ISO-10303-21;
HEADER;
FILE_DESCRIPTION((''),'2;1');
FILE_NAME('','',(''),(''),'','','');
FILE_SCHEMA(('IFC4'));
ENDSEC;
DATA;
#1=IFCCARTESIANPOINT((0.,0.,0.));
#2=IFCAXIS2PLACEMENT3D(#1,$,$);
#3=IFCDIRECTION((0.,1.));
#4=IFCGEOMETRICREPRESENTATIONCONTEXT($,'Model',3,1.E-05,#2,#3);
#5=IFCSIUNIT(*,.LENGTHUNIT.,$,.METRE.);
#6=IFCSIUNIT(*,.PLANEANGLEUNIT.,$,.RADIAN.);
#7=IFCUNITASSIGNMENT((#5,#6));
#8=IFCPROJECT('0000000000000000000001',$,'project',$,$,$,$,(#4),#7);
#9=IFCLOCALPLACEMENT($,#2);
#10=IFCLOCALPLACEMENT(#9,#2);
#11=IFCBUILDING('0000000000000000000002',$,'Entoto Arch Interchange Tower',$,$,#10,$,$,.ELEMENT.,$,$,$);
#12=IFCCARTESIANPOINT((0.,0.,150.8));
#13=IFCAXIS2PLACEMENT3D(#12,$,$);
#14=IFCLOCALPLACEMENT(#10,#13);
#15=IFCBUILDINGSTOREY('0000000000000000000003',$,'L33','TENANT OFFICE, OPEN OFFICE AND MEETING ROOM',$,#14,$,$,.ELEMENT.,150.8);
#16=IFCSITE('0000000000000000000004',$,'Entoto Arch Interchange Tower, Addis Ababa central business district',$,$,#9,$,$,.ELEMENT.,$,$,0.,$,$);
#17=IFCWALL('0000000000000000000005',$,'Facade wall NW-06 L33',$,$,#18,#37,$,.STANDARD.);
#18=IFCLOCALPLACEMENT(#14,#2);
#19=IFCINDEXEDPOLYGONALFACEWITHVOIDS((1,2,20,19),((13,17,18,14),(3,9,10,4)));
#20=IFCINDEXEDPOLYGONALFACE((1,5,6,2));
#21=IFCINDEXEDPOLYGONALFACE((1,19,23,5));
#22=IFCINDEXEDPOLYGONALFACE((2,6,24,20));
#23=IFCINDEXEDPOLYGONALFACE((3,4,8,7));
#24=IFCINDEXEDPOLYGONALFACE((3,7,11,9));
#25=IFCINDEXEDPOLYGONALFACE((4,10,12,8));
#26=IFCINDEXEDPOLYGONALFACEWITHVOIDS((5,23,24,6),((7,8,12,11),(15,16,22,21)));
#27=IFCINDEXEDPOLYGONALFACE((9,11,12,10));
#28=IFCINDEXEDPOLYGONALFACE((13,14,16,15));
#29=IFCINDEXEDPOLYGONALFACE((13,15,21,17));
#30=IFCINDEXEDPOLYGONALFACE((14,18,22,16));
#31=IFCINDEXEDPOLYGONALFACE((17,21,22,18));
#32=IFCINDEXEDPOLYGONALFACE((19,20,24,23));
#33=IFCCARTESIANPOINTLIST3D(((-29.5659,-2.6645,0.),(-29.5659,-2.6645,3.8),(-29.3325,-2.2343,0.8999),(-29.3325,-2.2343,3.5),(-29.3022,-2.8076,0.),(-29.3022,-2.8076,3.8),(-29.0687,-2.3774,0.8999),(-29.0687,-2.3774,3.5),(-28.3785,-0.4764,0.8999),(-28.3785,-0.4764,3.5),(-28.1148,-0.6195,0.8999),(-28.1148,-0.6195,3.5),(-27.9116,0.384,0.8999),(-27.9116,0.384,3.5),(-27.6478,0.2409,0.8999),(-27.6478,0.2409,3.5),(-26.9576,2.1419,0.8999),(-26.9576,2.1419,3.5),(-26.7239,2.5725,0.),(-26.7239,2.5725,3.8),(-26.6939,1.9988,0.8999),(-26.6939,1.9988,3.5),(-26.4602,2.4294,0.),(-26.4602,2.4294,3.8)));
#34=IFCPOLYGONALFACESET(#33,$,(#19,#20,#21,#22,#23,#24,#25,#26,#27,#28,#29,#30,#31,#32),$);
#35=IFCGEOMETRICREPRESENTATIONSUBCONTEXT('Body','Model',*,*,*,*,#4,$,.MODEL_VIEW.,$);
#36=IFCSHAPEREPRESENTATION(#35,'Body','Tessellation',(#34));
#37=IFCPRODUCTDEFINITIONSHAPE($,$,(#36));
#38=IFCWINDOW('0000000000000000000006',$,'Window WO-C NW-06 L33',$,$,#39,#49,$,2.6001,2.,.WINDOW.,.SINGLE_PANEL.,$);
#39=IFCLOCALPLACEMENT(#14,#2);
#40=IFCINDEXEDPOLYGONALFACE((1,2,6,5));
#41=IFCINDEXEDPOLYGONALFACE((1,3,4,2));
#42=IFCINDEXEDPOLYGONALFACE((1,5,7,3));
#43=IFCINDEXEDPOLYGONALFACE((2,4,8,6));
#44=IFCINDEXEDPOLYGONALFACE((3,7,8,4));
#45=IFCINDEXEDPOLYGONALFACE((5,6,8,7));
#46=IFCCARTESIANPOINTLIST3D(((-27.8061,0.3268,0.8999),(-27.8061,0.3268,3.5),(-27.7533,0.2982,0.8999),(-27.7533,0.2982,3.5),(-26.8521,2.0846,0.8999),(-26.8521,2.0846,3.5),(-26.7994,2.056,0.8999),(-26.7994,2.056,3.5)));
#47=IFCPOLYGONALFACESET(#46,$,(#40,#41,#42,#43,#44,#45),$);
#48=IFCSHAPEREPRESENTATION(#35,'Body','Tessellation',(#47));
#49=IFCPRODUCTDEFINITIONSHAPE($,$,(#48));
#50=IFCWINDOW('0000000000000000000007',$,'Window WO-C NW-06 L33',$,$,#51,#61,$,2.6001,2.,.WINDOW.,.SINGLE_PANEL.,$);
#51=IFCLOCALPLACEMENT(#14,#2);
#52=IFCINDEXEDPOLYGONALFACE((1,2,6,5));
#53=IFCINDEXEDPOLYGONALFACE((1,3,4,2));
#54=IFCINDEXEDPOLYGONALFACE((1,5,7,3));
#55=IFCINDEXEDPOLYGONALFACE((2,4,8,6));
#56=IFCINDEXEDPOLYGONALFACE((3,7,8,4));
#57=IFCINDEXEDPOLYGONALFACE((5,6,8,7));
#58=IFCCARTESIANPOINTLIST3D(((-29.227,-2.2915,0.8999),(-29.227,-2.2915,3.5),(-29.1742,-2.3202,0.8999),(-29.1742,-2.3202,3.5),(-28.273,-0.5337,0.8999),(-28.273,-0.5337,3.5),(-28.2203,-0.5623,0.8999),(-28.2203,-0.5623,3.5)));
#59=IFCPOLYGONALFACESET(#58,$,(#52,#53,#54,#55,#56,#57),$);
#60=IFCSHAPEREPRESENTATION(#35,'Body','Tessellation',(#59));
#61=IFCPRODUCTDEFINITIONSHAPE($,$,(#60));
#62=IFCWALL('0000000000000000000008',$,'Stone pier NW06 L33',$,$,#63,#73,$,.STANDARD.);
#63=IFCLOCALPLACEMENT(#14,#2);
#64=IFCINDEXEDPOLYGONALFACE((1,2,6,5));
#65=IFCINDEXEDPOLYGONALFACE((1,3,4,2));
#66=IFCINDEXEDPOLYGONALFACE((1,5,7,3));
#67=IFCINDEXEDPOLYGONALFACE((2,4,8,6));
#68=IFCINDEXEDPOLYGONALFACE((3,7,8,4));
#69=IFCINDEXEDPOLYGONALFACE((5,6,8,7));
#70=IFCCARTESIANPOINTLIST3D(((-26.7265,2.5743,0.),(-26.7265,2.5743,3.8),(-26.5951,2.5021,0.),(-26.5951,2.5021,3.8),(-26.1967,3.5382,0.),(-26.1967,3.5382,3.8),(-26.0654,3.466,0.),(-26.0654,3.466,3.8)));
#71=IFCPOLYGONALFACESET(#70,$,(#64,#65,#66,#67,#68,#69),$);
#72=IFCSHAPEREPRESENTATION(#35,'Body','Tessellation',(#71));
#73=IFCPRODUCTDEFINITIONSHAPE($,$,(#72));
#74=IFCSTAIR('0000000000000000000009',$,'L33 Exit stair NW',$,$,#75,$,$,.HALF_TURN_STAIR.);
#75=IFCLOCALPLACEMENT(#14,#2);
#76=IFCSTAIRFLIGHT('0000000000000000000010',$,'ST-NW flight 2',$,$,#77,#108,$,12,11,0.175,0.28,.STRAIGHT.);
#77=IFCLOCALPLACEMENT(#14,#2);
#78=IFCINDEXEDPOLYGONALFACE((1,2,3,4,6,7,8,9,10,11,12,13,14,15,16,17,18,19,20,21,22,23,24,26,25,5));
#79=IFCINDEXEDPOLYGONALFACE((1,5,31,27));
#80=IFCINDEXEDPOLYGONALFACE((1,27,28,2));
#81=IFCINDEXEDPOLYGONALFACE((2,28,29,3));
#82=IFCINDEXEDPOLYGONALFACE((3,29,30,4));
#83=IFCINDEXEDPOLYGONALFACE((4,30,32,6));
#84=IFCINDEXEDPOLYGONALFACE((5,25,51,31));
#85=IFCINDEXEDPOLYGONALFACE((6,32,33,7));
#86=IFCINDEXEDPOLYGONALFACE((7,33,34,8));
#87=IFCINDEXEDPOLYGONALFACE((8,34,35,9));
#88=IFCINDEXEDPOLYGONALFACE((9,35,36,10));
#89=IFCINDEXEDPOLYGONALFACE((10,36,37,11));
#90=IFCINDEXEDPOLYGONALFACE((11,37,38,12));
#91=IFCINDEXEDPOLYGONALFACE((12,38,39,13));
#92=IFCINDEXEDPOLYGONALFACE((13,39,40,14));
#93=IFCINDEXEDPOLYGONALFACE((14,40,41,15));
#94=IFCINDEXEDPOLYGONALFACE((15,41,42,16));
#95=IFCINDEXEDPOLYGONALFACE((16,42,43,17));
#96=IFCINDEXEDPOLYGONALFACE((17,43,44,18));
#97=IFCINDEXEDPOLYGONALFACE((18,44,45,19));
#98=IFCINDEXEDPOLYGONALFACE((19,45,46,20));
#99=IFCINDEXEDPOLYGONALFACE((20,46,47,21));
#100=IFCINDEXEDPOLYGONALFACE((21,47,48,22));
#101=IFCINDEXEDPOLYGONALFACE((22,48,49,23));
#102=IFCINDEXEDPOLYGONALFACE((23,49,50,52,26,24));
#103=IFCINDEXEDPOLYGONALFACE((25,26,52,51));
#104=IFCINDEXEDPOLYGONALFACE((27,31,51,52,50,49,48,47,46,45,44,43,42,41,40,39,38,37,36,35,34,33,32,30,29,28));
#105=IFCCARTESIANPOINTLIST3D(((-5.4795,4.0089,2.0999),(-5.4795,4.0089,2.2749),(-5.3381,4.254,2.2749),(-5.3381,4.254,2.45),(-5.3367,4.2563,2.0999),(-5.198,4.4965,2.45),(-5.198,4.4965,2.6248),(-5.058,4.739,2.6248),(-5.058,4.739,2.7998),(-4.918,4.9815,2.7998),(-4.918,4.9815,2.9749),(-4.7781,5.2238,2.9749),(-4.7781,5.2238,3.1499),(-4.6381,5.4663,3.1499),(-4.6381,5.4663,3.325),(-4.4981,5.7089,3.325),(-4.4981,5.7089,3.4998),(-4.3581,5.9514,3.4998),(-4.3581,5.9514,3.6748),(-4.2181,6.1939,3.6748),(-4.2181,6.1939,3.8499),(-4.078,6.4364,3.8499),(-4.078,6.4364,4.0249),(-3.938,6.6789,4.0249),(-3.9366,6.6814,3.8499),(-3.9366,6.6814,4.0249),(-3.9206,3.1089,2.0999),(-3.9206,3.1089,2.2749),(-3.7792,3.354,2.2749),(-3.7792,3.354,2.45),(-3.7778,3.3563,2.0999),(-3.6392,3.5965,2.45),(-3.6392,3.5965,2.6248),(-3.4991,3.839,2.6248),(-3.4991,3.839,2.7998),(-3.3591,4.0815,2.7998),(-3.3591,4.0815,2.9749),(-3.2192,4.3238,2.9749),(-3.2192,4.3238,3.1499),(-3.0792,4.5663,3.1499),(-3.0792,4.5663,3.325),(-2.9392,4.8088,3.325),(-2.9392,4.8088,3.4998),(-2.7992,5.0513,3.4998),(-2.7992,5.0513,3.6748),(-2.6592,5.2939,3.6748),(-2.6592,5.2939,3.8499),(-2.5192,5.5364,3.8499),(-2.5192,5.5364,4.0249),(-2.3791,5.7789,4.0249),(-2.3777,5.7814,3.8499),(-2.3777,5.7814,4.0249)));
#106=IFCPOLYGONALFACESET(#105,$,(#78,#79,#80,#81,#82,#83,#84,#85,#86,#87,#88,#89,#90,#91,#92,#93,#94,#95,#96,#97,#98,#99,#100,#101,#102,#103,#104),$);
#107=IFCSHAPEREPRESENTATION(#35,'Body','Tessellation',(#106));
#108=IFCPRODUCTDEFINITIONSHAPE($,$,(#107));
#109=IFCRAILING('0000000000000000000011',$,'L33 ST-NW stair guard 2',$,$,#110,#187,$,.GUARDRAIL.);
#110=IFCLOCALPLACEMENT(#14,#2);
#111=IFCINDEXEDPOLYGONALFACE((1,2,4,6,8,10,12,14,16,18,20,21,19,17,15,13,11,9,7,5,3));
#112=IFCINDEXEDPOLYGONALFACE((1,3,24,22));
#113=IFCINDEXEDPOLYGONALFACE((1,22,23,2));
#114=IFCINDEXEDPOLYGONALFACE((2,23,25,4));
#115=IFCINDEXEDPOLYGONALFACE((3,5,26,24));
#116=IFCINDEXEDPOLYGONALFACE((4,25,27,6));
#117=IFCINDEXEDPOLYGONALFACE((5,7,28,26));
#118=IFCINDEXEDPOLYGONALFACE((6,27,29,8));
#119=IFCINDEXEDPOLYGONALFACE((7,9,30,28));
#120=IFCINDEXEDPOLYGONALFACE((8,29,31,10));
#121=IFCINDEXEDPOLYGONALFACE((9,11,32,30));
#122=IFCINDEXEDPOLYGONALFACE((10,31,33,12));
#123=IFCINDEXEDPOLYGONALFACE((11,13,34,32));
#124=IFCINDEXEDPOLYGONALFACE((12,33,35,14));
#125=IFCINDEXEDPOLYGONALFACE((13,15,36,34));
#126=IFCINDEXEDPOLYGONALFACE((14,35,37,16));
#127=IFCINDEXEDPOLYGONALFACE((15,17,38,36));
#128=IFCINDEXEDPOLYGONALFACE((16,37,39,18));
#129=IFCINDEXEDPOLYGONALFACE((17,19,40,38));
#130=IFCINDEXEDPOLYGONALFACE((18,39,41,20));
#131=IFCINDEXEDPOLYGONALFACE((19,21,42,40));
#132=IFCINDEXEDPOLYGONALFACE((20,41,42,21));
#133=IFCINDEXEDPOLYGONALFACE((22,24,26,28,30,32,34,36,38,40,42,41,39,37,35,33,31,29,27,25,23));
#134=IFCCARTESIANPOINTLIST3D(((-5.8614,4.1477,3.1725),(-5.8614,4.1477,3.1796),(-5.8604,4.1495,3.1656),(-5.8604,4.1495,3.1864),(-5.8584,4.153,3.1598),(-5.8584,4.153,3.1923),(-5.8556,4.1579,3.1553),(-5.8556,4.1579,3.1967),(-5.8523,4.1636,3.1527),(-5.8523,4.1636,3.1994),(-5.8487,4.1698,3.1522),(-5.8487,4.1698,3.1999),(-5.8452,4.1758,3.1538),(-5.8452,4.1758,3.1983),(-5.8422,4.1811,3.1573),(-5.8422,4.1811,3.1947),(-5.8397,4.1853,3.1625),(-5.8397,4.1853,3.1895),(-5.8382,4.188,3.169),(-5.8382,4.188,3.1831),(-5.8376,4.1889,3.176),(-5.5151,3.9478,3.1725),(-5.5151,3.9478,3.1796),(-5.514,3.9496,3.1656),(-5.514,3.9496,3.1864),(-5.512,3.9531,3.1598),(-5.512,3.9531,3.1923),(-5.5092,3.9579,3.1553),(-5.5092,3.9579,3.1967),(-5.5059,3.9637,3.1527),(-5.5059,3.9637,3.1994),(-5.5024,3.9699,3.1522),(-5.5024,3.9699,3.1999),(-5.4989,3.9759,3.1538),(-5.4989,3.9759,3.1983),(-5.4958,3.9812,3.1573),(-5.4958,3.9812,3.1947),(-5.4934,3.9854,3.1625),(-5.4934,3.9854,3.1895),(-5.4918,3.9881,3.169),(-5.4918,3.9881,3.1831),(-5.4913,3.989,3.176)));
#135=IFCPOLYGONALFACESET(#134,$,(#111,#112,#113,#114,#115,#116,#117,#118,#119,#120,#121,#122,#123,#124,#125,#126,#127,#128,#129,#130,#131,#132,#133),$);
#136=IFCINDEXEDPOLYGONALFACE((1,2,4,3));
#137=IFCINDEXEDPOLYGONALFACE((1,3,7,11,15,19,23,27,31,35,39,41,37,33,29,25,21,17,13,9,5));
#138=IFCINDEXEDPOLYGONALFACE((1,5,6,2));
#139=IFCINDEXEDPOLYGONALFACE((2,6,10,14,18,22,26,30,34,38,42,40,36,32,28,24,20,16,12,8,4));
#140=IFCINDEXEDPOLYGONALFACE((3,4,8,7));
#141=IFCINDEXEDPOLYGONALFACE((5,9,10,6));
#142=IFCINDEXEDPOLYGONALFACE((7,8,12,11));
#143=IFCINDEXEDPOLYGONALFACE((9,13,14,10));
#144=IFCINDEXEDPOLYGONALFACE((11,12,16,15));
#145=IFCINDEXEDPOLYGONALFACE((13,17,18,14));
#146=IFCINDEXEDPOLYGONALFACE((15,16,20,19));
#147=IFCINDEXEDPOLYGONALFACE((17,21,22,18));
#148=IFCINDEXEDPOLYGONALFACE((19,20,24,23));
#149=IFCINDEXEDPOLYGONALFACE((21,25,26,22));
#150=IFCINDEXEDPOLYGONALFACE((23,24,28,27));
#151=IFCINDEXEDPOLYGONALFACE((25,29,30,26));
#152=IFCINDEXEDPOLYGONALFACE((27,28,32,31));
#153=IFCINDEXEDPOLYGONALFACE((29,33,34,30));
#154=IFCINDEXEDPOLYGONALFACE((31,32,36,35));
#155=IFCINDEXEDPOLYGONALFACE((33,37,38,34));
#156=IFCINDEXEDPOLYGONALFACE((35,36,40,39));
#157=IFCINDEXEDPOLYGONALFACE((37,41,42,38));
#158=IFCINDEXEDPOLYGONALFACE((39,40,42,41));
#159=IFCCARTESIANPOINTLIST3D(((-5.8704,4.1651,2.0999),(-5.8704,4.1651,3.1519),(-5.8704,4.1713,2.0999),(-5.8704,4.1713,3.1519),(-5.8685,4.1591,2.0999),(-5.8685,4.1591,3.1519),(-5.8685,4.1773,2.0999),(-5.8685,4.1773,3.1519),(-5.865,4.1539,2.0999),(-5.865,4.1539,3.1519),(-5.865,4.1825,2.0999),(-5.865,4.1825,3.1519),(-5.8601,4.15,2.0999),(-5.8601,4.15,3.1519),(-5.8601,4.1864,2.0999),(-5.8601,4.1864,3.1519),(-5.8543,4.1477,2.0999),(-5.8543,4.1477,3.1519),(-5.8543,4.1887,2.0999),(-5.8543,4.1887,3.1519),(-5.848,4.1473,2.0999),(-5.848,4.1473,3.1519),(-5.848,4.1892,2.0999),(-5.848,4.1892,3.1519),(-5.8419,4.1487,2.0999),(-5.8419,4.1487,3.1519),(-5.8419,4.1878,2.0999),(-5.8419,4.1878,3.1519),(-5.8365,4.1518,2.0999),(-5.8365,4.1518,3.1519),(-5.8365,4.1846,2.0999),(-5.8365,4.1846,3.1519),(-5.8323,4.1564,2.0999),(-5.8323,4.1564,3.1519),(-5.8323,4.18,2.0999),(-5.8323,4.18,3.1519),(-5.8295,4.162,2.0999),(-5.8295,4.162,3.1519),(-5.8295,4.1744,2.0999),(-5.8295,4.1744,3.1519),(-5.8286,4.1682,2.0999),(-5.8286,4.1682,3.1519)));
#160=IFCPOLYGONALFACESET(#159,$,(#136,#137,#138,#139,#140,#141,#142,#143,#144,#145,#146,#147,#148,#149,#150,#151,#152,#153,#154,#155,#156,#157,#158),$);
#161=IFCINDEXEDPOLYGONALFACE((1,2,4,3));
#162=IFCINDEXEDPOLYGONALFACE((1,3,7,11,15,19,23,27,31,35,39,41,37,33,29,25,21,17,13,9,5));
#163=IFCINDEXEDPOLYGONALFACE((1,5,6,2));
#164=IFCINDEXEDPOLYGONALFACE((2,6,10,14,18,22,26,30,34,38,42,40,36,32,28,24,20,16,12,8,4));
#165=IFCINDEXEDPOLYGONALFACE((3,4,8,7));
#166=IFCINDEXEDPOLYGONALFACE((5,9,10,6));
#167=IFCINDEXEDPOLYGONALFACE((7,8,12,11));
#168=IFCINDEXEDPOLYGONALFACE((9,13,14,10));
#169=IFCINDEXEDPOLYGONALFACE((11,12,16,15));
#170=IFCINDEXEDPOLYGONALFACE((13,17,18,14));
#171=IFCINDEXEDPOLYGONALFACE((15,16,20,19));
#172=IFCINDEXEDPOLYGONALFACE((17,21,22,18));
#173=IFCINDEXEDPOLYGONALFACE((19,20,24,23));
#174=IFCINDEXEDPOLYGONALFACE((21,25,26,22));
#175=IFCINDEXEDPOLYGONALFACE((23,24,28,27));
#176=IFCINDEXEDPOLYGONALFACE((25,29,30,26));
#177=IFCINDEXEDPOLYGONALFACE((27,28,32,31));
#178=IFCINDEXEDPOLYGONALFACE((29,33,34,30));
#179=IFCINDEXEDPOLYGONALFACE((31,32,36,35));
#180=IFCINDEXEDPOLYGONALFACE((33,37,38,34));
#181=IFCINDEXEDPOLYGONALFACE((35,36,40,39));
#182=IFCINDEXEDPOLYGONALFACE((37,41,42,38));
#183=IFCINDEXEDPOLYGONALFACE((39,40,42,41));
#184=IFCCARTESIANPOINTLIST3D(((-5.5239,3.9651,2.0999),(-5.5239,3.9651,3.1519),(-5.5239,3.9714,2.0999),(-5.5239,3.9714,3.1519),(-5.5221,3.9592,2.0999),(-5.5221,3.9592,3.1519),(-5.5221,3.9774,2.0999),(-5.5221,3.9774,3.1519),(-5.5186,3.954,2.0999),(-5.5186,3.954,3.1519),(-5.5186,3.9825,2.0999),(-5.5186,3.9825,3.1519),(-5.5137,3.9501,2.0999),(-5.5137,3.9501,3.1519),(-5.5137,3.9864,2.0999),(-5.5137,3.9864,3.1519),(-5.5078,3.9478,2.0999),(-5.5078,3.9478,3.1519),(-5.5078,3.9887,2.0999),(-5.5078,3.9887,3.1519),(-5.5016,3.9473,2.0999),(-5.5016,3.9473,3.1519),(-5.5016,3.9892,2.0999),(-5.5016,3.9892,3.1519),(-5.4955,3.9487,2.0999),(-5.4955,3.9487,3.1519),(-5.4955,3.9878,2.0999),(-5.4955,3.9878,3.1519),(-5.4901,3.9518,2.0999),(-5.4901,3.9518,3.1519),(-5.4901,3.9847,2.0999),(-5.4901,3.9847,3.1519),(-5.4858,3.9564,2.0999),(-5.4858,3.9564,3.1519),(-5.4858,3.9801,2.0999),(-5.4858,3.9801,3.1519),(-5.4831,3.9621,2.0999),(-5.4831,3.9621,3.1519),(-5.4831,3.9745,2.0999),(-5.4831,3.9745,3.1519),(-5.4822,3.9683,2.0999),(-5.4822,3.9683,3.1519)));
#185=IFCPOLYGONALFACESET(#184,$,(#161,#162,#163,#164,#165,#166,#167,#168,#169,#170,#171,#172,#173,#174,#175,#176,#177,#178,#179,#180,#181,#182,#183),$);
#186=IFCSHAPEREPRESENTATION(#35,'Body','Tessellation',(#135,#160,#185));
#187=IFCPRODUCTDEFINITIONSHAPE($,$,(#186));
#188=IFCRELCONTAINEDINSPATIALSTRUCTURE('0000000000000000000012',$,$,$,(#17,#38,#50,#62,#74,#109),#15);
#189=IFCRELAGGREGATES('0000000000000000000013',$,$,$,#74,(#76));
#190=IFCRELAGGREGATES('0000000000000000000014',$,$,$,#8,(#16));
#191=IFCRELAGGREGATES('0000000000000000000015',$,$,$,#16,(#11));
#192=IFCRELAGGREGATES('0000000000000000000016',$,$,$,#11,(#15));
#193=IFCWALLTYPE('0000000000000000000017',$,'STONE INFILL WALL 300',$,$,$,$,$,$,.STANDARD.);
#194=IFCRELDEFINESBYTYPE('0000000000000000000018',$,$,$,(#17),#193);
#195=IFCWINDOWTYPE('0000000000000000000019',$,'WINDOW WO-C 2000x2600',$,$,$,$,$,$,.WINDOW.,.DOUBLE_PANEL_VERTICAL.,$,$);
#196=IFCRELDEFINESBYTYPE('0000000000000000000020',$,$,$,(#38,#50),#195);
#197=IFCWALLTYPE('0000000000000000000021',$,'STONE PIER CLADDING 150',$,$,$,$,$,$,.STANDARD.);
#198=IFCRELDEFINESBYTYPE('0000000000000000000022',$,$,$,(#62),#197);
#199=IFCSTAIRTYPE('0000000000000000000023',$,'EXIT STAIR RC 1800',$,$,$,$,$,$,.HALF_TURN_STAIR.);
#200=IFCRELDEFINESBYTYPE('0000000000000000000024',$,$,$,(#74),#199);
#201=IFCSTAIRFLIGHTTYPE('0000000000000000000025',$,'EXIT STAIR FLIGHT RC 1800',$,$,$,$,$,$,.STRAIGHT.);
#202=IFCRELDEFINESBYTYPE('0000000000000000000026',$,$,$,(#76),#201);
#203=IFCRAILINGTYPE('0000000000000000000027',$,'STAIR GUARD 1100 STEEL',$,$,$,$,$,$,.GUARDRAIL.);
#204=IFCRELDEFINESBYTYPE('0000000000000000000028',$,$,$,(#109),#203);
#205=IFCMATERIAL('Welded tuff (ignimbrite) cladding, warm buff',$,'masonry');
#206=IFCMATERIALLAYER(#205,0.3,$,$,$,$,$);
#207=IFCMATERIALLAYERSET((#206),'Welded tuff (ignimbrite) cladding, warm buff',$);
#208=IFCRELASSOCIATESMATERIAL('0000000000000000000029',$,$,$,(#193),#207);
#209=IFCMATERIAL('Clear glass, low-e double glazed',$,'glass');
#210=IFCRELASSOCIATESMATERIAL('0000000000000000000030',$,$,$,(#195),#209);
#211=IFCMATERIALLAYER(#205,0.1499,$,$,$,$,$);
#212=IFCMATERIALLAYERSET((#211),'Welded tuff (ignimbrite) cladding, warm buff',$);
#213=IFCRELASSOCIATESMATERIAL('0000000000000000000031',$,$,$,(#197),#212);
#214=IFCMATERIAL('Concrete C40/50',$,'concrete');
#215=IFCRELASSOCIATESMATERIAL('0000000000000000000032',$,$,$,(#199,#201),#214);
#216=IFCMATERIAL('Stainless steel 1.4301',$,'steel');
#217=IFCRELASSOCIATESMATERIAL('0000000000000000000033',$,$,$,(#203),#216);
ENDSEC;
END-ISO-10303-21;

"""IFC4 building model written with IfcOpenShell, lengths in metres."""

from ifc_helpers import new_model, si_unit, direction, frame, frame_2d, origin, origin_2d, place, context, subcontext, project, spatial, polyline, rectangle, circle, outline, extrude, material, layer, layer_set, type_object, element, fill, aggregate, save


model = new_model("IFC4")

# Units and contexts
model_context = context("Model", 3, precision=1e-05, world=origin(), true_north=direction((0.0, 1.0)))
body_context = subcontext(model_context, "Body", "Model", "MODEL_VIEW")
ifc_project = project(units=[si_unit("LENGTHUNIT", "METRE"), si_unit("PLANEANGLEUNIT", "RADIAN")], contexts=[model_context])

# Site, building, storey
site_placement = place(None, origin())
site = spatial("IfcSite", under=ifc_project, at=site_placement, Name="Entoto Arch Interchange Tower, Addis Ababa central business district", CompositionType="ELEMENT", RefElevation=0.0)
building_placement = place(site_placement, origin())
building = spatial("IfcBuilding", under=site, at=building_placement, Name="Entoto Arch Interchange Tower", CompositionType="ELEMENT")
storey_placement = place(building_placement, frame((0.0, 0.0, 150.8)))
storey = spatial("IfcBuildingStorey", under=building, at=storey_placement, Name="L33", Description="TENANT OFFICE, OPEN OFFICE AND MEETING ROOM", CompositionType="ELEMENT", Elevation=150.8)

# Shared definitions
ifc_material_1 = material(Name="Concrete C40/50", Category="concrete")

# Wall, openings, windows
ifc_material_2 = material(Name="Welded tuff (ignimbrite) cladding, warm buff", Category="masonry")
ifc_layer_1 = layer(ifc_material_2, 0.3)
ifc_layer_set_1 = layer_set([ifc_layer_1], Name="Welded tuff (ignimbrite) cladding, warm buff")
wall_type_1 = type_object("IfcWallType", Name="STONE INFILL WALL 300", PredefinedType="STANDARD", material=ifc_layer_set_1)
wall_1_placement = place(storey_placement, frame((-26.592, 2.501, 0.0), z_axis=(0.0, 0.0, 1.0), x_axis=(-0.476971, -0.878919, 0.0)))
wall_1 = element("IfcWall", 1, at=wall_1_placement, inside=storey, type_object=wall_type_1, Name="Facade wall NW-06 L33", PredefinedType="STANDARD", context=body_context, shape_type="SweptSolid", body=[
    extrude(rectangle(XDim=5.9585, YDim=0.3, at=frame_2d((2.9792, 0.0))), origin(), (0.0, 0.0, 1.0), 3.8),
])
opening_1_placement = place(wall_1_placement, frame((0.49, 0.0, 0.8999)))
opening_1 = element("IfcOpeningElement", 2, at=opening_1_placement, cuts=wall_1, PredefinedType="OPENING", context=body_context, shape_type="SweptSolid", body=[
    extrude(rectangle(XDim=2.0, YDim=2.6001, at=frame_2d((1.0, 1.3))), frame((0.0, 0.1602, 0.0), z_axis=(0.0, -1.0, 0.0), x_axis=(1.0, 0.0, 0.0)), (0.0, 0.0, 1.0), 0.3201),
])
opening_2_placement = place(wall_1_placement, frame((3.469, 0.0, 0.8999)))
opening_2 = element("IfcOpeningElement", 3, at=opening_2_placement, cuts=wall_1, PredefinedType="OPENING", context=body_context, shape_type="SweptSolid", body=[
    extrude(rectangle(XDim=2.0, YDim=2.6001, at=frame_2d((1.0, 1.3))), frame((0.0, 0.1602, 0.0), z_axis=(0.0, -1.0, 0.0), x_axis=(1.0, 0.0, 0.0)), (0.0, 0.0, 1.0), 0.3201),
])
ifc_material_3 = material(Name="Clear glass, low-e double glazed", Category="glass")
window_type = type_object("IfcWindowType", Name="WINDOW WO-C 2000x2600", PartitioningType="DOUBLE_PANEL_VERTICAL", PredefinedType="WINDOW", material=ifc_material_3)
window_1_placement = place(opening_1_placement, origin())
window_1 = element("IfcWindow", 4, at=window_1_placement, inside=storey, type_object=window_type, Name="Window WO-C NW-06 L33", OverallHeight=2.6001, OverallWidth=2.0, PartitioningType="SINGLE_PANEL", PredefinedType="WINDOW", context=body_context, shape_type="SweptSolid", body=[
    extrude(rectangle(XDim=2.0, YDim=2.6001, at=frame_2d((1.0, 1.3))), frame((0.0, 0.03, 0.0), z_axis=(0.0, -1.0, 0.0), x_axis=(1.0, 0.0, 0.0)), (0.0, 0.0, 1.0), 0.0601),
])
fill(opening_1, window_1)
window_2_placement = place(opening_2_placement, origin())
window_2 = element("IfcWindow", 5, at=window_2_placement, inside=storey, type_object=window_type, Name="Window WO-C NW-06 L33", OverallHeight=2.6001, OverallWidth=2.0, PartitioningType="SINGLE_PANEL", PredefinedType="WINDOW", context=body_context, shape_type="SweptSolid", body=[
    extrude(rectangle(XDim=2.0, YDim=2.6001, at=frame_2d((1.0, 1.3))), frame((0.0, 0.03, 0.0), z_axis=(0.0, -1.0, 0.0), x_axis=(1.0, 0.0, 0.0)), (0.0, 0.0, 1.0), 0.0601),
])
fill(opening_2, window_2)

# Wall
ifc_layer_2 = layer(ifc_material_2, 0.1499)
ifc_layer_set_2 = layer_set([ifc_layer_2], Name="Welded tuff (ignimbrite) cladding, warm buff")
wall_type_2 = type_object("IfcWallType", Name="STONE PIER CLADDING 150", PredefinedType="STANDARD", material=ifc_layer_set_2)
wall_2_placement = place(storey_placement, frame((-26.1311, 3.502, 0.0), z_axis=(0.0, 0.0, 1.0), x_axis=(-0.48168, -0.876347, 0.0)))
element("IfcWall", 6, at=wall_2_placement, inside=storey, type_object=wall_type_2, Name="Stone pier NW06 L33", PredefinedType="STANDARD", context=body_context, shape_type="SweptSolid", body=[
    extrude(rectangle(XDim=1.0999, YDim=0.1499, at=frame_2d((0.5498, 0.0))), origin(), (0.0, 0.0, 1.0), 3.8),
])

# Stair, stair flight
stair_type = type_object("IfcStairType", Name="EXIT STAIR RC 1800", PredefinedType="HALF_TURN_STAIR", material=ifc_material_1)
stair_placement = place(storey_placement, origin())
stair = element("IfcStair", 7, at=stair_placement, inside=storey, type_object=stair_type, Name="L33 Exit stair NW", PredefinedType="HALF_TURN_STAIR")
stair_flight_type = type_object("IfcStairFlightType", Name="EXIT STAIR FLIGHT RC 1800", PredefinedType="STRAIGHT", material=ifc_material_1)
stair_flight_placement = place(storey_placement, frame((-4.6987, 3.5615, 2.0999), z_axis=(0.0, 0.0, 1.0), x_axis=(0.5, 0.866025, 0.0)))
stair_flight = element("IfcStairFlight", 8, at=stair_flight_placement, type_object=stair_flight_type, Name="ST-NW flight 2", NumberOfRisers=12, NumberOfTreads=11, PredefinedType="STRAIGHT", RiserHeight=0.175, TreadLength=0.28, context=body_context, shape_type="SweptSolid", body=[
    extrude(outline(polyline([(-0.0029, 0.0), (-0.0029, 0.175), (0.28, 0.175), (0.28, 0.3501), (0.5601, 0.3501), (0.5601, 0.5249), (0.8401, 0.5249), (0.8401, 0.7), (1.1201, 0.7), (1.1201, 0.875), (1.3999, 0.875), (1.3999, 1.05), (1.6799, 1.05), (1.6799, 1.2251), (1.96, 1.2251), (1.96, 1.3999), (2.24, 1.3999), (2.24, 1.575), (2.52, 1.575), (2.52, 1.75), (2.8, 1.75), (2.8, 1.925), (3.0801, 1.925), (3.083, 1.925), (3.083, 1.75), (0.2827, 0.0), (-0.0029, 0.0)])), frame((0.0, 0.8999, 0.0), z_axis=(0.0, -1.0, 0.0), x_axis=(1.0, 0.0, 0.0)), (0.0, 0.0, 1.0), 1.8),
])
aggregate(stair, [stair_flight])

# Railing
ifc_material_4 = material(Name="Stainless steel 1.4301", Category="steel")
railing_type_1 = type_object("IfcRailingType", Name="STAIR GUARD 1100 STEEL", PredefinedType="GUARDRAIL", material=ifc_material_4)
railing_1_placement = place(storey_placement, frame((-5.8496, 4.1682, 2.0999)))
element("IfcRailing", 9, at=railing_1_placement, inside=storey, type_object=railing_type_1, Name="L33 ST-NW stair guard 2", PredefinedType="GUARDRAIL", context=body_context, shape_type="SweptSolid", body=[
    extrude(circle(Radius=0.0239, at=origin_2d()), frame((0.0, 0.0, 1.0762), z_axis=(0.866094, -0.499881, 0.0), x_axis=(0.499881, 0.866094, 0.0)), (0.0, 0.0, 1.0), 0.3999),
    extrude(circle(Radius=0.021, at=origin_2d()), origin(), (0.0, 0.0, 1.0), 1.052),
    extrude(circle(Radius=0.021, at=origin_2d()), frame((0.3464, -0.2, 0.0)), (0.0, 0.0, 1.0), 1.052),
])

save(model, "model.ifc")
